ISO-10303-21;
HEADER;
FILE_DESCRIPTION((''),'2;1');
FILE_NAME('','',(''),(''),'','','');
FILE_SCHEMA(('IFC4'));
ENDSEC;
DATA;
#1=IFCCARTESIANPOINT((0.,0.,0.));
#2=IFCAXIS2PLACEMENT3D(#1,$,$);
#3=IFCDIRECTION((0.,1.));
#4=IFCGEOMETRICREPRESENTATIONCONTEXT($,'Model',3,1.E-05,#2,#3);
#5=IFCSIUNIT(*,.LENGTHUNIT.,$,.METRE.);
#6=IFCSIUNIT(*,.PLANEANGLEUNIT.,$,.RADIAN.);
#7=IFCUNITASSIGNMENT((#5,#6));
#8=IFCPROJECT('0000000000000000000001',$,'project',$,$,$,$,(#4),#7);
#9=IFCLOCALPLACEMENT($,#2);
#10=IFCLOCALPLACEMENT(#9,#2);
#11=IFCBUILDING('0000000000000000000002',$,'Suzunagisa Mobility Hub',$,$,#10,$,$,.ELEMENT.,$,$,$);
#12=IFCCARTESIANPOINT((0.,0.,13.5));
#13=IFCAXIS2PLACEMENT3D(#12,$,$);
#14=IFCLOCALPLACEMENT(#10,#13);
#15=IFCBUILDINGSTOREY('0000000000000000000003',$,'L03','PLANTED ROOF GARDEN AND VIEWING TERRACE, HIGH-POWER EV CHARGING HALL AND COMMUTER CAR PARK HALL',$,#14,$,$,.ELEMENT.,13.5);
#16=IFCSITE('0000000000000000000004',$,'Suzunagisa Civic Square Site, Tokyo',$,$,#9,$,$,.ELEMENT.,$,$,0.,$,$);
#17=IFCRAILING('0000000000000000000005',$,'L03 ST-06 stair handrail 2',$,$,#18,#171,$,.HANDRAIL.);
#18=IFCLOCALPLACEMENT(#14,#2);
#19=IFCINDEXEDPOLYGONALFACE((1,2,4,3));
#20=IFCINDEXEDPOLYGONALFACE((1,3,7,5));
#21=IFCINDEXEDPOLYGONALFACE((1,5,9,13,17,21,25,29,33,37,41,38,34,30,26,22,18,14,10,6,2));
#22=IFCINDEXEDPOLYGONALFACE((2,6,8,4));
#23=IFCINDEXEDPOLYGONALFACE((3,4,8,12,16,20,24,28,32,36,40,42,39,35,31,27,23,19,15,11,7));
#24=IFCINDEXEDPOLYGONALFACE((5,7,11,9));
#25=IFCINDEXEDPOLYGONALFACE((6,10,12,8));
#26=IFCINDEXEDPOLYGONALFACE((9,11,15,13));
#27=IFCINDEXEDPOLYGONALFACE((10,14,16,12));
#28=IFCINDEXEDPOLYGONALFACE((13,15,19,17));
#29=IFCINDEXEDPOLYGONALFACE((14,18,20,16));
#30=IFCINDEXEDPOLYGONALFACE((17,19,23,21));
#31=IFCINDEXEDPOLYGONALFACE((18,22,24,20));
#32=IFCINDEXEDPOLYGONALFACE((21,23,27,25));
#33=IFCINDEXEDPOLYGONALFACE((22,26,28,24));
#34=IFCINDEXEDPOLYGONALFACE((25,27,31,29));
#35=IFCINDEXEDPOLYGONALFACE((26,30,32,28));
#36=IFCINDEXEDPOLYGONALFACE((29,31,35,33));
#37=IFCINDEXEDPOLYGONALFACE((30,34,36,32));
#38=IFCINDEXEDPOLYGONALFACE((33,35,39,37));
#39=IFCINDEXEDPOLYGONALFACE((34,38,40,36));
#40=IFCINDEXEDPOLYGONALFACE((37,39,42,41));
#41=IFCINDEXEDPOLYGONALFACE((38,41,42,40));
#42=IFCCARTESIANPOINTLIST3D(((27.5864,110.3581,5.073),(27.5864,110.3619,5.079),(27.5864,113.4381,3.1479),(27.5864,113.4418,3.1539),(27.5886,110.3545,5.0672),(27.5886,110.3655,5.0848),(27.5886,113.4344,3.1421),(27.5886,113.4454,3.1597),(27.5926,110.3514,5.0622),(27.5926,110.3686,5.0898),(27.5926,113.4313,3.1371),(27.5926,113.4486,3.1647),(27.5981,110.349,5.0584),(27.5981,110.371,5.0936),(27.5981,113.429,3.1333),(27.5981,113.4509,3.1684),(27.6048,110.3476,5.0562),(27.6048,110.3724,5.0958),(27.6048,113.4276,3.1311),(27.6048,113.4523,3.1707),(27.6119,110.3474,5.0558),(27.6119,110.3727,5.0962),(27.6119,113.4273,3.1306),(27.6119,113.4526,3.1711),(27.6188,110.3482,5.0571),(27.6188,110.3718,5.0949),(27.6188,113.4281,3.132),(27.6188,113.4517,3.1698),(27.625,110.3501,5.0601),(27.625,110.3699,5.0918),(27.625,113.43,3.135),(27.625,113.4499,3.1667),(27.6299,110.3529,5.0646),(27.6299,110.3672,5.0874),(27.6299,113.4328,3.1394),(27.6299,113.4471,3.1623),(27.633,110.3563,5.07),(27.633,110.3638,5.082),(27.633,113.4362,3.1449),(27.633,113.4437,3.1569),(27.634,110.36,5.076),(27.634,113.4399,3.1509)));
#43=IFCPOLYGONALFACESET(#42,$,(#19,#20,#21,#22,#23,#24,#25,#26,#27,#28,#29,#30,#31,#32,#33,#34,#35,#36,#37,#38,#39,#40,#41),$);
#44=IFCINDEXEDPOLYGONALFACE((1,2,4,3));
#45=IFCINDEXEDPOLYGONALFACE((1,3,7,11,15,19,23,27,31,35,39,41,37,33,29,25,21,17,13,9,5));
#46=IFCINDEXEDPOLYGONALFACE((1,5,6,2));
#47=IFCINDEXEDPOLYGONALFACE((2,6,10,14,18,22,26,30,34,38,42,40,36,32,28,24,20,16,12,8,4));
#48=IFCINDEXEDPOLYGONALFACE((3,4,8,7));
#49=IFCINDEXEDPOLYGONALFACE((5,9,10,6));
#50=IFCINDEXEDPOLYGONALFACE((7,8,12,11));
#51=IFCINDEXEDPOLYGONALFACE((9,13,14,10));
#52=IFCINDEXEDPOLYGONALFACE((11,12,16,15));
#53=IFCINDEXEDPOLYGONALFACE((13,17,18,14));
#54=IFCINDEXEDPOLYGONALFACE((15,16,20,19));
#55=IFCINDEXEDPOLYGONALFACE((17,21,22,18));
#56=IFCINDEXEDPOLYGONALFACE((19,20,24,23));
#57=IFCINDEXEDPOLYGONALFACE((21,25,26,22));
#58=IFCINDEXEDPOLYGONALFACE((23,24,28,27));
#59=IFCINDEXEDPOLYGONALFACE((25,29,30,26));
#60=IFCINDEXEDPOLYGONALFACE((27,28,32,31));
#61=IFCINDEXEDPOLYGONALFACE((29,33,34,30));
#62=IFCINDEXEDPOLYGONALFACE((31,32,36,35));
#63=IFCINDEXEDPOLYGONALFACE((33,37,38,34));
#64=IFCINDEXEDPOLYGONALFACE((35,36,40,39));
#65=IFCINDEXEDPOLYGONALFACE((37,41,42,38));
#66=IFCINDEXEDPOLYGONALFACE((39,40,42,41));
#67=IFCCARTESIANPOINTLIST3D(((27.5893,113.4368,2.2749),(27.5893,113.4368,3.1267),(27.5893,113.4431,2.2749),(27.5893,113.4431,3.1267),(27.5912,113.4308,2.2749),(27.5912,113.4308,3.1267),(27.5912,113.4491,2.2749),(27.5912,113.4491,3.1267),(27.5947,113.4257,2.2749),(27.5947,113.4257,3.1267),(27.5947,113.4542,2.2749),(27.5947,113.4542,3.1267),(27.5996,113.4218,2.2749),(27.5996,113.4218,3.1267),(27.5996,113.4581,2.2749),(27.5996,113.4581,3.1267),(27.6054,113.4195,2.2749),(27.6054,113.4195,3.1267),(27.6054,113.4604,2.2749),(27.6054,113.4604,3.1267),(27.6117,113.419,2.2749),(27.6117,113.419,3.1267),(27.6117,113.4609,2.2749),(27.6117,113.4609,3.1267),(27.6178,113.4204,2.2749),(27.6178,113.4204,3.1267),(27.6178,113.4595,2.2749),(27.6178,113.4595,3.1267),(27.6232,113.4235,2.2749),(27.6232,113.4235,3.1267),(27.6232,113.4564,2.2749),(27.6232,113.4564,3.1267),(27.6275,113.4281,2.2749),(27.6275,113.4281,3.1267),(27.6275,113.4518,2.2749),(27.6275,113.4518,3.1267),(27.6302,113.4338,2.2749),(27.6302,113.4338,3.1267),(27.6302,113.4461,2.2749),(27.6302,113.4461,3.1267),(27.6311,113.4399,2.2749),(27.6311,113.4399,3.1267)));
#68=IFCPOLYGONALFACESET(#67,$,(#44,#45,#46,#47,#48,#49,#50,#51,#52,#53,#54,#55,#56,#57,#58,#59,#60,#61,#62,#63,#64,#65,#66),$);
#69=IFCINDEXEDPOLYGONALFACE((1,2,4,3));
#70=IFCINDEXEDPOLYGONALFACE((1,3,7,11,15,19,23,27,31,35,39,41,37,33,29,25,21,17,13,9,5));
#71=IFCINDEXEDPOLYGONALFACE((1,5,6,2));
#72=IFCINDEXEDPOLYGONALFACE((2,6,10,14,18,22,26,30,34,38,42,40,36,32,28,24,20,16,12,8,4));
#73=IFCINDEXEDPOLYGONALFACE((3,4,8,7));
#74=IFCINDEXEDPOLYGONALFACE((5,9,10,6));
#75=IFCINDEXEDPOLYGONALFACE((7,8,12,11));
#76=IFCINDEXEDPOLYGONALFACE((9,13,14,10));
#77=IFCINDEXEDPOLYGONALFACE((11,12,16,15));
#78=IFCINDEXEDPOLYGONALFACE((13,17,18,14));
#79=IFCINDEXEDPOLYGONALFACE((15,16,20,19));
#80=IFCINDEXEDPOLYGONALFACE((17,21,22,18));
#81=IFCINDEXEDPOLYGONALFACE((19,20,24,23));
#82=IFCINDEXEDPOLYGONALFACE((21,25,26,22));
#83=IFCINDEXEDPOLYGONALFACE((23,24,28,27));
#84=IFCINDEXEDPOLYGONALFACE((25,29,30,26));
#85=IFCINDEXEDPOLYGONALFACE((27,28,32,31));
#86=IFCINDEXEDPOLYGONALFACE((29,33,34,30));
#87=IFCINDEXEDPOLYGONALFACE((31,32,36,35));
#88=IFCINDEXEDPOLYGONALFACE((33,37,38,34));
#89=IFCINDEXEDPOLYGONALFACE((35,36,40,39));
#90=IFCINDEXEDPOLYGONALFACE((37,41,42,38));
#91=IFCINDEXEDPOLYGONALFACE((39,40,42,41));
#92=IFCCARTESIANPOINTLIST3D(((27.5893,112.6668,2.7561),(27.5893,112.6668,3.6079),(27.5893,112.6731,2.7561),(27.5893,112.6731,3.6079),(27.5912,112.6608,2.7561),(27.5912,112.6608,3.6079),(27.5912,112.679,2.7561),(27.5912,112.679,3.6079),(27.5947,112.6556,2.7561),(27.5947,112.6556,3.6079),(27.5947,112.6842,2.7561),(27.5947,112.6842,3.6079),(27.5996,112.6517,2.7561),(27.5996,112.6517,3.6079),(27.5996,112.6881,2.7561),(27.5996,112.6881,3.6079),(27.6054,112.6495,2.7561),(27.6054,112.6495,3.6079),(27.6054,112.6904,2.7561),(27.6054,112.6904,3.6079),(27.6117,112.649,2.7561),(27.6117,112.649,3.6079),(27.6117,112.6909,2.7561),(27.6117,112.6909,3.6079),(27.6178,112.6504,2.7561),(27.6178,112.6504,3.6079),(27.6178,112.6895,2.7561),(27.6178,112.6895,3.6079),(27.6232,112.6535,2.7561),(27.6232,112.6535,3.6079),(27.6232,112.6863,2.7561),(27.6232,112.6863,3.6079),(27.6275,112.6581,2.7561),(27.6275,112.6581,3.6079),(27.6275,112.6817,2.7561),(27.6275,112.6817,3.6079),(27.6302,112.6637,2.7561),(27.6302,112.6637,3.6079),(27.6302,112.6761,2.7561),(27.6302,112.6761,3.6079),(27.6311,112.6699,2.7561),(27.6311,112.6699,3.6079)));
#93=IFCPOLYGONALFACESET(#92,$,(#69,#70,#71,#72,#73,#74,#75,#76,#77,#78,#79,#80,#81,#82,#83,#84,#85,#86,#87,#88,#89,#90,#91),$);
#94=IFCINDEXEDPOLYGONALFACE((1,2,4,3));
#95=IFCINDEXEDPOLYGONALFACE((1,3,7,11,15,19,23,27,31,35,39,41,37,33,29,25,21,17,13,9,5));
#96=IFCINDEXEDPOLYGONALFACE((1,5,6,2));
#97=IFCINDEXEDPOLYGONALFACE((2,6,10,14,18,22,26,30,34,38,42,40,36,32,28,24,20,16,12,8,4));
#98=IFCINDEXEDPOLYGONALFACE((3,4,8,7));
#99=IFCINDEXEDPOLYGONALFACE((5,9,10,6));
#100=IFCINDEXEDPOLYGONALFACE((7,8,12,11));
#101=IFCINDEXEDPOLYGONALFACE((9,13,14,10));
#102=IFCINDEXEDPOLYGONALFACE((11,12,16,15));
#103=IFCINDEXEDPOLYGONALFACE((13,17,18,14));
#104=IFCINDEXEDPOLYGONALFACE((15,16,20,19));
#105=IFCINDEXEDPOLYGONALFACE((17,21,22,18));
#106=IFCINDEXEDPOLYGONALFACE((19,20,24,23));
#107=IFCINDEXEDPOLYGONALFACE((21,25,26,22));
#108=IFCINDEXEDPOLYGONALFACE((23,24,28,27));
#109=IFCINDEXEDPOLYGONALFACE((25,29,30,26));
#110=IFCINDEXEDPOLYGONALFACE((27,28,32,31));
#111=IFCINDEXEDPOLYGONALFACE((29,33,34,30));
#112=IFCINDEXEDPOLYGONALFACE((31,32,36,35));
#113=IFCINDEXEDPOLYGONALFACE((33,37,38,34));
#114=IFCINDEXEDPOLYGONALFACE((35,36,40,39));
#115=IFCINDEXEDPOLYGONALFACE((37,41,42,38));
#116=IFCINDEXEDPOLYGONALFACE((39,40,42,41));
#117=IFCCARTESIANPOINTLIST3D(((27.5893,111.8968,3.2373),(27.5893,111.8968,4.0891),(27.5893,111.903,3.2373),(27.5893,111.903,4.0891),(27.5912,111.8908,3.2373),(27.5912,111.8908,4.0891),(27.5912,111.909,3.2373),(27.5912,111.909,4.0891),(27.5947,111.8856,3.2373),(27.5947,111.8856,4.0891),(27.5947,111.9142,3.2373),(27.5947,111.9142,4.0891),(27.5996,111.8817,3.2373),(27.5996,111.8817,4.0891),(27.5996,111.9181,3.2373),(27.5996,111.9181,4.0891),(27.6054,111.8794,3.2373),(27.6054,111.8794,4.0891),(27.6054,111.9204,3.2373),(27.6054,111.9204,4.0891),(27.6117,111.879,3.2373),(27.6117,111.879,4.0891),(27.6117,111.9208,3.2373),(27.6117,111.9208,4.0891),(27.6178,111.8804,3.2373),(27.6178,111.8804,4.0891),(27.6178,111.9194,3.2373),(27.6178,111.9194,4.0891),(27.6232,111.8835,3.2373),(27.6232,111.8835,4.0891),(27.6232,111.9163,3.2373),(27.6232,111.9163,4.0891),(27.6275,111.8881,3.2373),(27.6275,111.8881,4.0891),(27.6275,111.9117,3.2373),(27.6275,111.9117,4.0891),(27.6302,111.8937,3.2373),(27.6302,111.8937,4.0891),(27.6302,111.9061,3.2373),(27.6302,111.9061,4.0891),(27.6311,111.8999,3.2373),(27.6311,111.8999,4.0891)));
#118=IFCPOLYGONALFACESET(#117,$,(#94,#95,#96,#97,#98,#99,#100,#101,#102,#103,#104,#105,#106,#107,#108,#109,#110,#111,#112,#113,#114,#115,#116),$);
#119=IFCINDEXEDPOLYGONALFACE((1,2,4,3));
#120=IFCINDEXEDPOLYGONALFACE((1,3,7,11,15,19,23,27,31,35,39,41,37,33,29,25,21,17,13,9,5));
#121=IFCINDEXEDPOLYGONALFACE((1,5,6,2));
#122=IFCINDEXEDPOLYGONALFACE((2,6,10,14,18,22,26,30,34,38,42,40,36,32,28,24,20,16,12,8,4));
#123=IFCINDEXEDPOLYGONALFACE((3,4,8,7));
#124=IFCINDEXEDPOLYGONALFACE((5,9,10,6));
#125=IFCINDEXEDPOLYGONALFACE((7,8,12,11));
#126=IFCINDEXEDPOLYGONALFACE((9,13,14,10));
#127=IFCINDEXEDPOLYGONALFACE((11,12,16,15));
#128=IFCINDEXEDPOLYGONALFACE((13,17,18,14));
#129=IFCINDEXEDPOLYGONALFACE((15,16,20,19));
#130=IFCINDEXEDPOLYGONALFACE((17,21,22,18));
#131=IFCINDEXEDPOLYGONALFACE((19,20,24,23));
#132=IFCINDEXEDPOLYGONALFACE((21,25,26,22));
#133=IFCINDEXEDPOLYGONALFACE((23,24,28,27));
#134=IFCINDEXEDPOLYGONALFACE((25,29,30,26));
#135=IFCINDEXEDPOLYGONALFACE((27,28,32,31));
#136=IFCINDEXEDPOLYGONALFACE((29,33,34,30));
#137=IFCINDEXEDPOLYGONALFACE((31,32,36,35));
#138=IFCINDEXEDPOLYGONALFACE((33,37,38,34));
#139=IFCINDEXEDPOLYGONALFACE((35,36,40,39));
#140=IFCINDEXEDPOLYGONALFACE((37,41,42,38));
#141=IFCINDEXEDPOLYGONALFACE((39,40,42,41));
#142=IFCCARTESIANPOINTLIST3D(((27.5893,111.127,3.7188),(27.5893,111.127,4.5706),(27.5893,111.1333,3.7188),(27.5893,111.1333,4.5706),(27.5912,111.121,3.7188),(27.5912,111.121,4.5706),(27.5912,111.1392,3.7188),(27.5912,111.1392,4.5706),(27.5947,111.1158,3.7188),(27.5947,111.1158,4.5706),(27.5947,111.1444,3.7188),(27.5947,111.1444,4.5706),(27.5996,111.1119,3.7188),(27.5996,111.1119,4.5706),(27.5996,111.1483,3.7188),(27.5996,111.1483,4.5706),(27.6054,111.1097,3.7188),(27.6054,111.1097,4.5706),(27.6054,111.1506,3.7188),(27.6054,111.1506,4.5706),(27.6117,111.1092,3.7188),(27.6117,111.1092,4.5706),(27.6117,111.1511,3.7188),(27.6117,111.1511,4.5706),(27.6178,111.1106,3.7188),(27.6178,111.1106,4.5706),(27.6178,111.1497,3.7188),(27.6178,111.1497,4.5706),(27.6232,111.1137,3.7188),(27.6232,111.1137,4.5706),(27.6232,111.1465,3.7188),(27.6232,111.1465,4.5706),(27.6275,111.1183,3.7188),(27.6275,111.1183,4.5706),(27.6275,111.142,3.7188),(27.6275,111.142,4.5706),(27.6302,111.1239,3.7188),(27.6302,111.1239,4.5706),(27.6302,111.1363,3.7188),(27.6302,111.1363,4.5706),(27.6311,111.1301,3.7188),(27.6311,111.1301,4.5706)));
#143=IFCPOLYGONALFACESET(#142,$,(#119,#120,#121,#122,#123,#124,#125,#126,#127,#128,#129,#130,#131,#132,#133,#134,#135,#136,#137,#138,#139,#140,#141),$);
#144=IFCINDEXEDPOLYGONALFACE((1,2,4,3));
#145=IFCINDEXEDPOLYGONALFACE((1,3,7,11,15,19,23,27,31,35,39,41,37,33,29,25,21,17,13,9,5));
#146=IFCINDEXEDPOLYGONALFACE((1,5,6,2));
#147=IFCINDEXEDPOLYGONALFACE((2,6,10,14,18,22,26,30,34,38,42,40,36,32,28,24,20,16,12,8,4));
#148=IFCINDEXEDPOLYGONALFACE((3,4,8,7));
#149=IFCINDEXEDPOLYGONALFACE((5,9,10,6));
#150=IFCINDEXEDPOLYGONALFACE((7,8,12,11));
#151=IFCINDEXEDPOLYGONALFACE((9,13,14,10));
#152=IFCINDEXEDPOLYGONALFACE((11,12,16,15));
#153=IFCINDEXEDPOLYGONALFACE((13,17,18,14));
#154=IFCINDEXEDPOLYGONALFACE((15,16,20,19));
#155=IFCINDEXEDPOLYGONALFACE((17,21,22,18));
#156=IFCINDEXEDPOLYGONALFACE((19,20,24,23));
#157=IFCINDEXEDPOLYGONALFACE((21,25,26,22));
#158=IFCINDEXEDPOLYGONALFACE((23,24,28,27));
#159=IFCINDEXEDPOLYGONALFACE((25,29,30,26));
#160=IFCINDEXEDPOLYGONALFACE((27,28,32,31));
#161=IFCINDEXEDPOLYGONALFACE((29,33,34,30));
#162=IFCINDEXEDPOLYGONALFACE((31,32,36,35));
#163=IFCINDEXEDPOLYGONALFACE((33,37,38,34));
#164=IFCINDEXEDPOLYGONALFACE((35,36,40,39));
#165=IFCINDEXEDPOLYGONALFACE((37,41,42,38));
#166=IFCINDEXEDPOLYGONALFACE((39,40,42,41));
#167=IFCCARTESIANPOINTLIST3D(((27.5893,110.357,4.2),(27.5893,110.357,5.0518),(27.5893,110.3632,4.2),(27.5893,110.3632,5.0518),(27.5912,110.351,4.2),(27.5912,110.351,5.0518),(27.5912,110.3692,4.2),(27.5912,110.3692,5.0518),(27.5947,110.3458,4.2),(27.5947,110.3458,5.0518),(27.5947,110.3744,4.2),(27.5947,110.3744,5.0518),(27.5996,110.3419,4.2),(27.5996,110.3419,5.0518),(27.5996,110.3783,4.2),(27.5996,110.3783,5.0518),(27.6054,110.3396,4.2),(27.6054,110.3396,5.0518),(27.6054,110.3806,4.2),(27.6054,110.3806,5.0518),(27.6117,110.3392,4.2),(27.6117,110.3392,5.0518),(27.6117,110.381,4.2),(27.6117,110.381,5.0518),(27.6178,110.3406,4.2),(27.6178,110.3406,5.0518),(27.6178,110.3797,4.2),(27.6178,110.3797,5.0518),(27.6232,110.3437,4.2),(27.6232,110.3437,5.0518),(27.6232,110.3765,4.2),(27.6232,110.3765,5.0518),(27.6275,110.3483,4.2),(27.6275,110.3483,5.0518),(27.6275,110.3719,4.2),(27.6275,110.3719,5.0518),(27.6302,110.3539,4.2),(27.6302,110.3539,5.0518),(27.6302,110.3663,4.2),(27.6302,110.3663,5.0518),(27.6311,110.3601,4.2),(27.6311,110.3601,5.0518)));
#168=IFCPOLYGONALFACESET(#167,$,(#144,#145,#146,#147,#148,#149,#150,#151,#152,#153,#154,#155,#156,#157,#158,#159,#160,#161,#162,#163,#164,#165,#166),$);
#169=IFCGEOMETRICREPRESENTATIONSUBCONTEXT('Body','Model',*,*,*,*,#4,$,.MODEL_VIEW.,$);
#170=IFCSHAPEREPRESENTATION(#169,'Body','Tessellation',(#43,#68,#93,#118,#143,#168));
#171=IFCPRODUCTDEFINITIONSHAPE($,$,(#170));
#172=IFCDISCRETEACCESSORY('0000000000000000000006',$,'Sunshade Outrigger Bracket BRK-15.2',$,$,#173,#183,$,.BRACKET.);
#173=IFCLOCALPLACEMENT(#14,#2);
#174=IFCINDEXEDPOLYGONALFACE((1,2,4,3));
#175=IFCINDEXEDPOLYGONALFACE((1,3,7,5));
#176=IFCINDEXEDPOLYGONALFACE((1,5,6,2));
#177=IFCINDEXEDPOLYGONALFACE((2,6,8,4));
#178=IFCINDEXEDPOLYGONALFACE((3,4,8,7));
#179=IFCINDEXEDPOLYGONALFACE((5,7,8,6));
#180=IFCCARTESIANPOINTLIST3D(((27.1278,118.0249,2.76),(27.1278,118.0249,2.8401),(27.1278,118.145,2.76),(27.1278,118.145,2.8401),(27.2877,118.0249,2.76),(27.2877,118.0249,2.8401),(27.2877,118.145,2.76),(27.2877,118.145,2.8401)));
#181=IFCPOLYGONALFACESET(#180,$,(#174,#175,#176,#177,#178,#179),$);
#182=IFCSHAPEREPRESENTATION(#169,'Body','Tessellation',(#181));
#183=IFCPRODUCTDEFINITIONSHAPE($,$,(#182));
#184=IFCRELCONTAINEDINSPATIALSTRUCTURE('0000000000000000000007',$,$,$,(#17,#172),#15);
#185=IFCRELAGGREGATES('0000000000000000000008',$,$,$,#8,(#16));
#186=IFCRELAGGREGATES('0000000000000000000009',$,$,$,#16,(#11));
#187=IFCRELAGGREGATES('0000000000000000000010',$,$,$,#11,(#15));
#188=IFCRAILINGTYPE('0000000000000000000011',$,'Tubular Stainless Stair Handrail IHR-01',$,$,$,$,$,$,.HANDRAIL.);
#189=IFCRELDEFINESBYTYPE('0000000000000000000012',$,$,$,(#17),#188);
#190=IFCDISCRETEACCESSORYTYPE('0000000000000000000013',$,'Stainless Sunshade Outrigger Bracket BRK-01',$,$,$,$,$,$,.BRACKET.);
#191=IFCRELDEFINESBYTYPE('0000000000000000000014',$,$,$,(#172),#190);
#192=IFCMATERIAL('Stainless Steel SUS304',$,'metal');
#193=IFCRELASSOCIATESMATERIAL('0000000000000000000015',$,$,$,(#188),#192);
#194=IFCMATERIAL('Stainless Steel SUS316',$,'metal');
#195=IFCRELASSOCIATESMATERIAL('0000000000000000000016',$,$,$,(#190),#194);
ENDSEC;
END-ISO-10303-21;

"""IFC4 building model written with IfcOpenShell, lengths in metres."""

from ifc_helpers import new_model, si_unit, direction, frame, origin, origin_2d, place, context, subcontext, project, spatial, rectangle, circle, extrude, material, type_object, element, save


model = new_model("IFC4")

# Units and contexts
model_context = context("Model", 3, precision=1e-05, world=origin(), true_north=direction((0.0, 1.0)))
body_context = subcontext(model_context, "Body", "Model", "MODEL_VIEW")
ifc_project = project(units=[si_unit("LENGTHUNIT", "METRE"), si_unit("PLANEANGLEUNIT", "RADIAN")], contexts=[model_context])

# Site, building, storey
site_placement = place(None, origin())
site = spatial("IfcSite", under=ifc_project, at=site_placement, Name="Suzunagisa Civic Square Site, Tokyo", CompositionType="ELEMENT", RefElevation=0.0)
building_placement = place(site_placement, origin())
building = spatial("IfcBuilding", under=site, at=building_placement, Name="Suzunagisa Mobility Hub", CompositionType="ELEMENT")
storey_placement = place(building_placement, frame((0.0, 0.0, 13.5)))
storey = spatial("IfcBuildingStorey", under=building, at=storey_placement, Name="L03", Description="PLANTED ROOF GARDEN AND VIEWING TERRACE, HIGH-POWER EV CHARGING HALL AND COMMUTER CAR PARK HALL", CompositionType="ELEMENT", Elevation=13.5)

# Railing
ifc_material_1 = material(Name="Stainless Steel SUS304", Category="metal")
railing_type_1 = type_object("IfcRailingType", Name="Tubular Stainless Stair Handrail IHR-01", PredefinedType="HANDRAIL", material=ifc_material_1)
railing_1_placement = place(storey_placement, frame((27.6101, 113.4399, 2.2749)))
element("IfcRailing", 1, at=railing_1_placement, inside=storey, type_object=railing_type_1, Name="L03 ST-06 stair handrail 2", PredefinedType="HANDRAIL", context=body_context, shape_type="SweptSolid", body=[
    extrude(circle(Radius=0.0239, at=origin_2d()), frame((0.0, 0.0, 0.876), z_axis=(0.0, -0.847979, 0.530029), x_axis=(1.0, 0.0, 0.0)), (0.0, 0.0, 1.0), 3.6321),
    extrude(circle(Radius=0.021, at=origin_2d()), origin(), (0.0, 0.0, 1.0), 0.8518),
    extrude(circle(Radius=0.021, at=origin_2d()), frame((0.0, -0.77, 0.4812)), (0.0, 0.0, 1.0), 0.8518),
    extrude(circle(Radius=0.021, at=origin_2d()), frame((0.0, -1.54, 0.9624)), (0.0, 0.0, 1.0), 0.8518),
    extrude(circle(Radius=0.021, at=origin_2d()), frame((0.0, -2.3098, 1.4438)), (0.0, 0.0, 1.0), 0.8518),
    extrude(circle(Radius=0.021, at=origin_2d()), frame((0.0, -3.0798, 1.925)), (0.0, 0.0, 1.0), 0.8518),
])

# Discrete accessory
ifc_material_2 = material(Name="Stainless Steel SUS316", Category="metal")
discrete_accessory_type = type_object("IfcDiscreteAccessoryType", Name="Stainless Sunshade Outrigger Bracket BRK-01", PredefinedType="BRACKET", material=ifc_material_2)
discrete_accessory_placement = place(storey_placement, frame((27.2078, 118.085, 2.76), z_axis=(0.0, 0.0, 1.0), x_axis=(-1.0, 0.0, 0.0)))
element("IfcDiscreteAccessory", 2, at=discrete_accessory_placement, inside=storey, type_object=discrete_accessory_type, Name="Sunshade Outrigger Bracket BRK-15.2", PredefinedType="BRACKET", context=body_context, shape_type="SweptSolid", body=[
    extrude(rectangle(XDim=0.1599, YDim=0.1201, at=origin_2d()), origin(), (0.0, 0.0, 1.0), 0.0801),
])

save(model, "model.ifc")
